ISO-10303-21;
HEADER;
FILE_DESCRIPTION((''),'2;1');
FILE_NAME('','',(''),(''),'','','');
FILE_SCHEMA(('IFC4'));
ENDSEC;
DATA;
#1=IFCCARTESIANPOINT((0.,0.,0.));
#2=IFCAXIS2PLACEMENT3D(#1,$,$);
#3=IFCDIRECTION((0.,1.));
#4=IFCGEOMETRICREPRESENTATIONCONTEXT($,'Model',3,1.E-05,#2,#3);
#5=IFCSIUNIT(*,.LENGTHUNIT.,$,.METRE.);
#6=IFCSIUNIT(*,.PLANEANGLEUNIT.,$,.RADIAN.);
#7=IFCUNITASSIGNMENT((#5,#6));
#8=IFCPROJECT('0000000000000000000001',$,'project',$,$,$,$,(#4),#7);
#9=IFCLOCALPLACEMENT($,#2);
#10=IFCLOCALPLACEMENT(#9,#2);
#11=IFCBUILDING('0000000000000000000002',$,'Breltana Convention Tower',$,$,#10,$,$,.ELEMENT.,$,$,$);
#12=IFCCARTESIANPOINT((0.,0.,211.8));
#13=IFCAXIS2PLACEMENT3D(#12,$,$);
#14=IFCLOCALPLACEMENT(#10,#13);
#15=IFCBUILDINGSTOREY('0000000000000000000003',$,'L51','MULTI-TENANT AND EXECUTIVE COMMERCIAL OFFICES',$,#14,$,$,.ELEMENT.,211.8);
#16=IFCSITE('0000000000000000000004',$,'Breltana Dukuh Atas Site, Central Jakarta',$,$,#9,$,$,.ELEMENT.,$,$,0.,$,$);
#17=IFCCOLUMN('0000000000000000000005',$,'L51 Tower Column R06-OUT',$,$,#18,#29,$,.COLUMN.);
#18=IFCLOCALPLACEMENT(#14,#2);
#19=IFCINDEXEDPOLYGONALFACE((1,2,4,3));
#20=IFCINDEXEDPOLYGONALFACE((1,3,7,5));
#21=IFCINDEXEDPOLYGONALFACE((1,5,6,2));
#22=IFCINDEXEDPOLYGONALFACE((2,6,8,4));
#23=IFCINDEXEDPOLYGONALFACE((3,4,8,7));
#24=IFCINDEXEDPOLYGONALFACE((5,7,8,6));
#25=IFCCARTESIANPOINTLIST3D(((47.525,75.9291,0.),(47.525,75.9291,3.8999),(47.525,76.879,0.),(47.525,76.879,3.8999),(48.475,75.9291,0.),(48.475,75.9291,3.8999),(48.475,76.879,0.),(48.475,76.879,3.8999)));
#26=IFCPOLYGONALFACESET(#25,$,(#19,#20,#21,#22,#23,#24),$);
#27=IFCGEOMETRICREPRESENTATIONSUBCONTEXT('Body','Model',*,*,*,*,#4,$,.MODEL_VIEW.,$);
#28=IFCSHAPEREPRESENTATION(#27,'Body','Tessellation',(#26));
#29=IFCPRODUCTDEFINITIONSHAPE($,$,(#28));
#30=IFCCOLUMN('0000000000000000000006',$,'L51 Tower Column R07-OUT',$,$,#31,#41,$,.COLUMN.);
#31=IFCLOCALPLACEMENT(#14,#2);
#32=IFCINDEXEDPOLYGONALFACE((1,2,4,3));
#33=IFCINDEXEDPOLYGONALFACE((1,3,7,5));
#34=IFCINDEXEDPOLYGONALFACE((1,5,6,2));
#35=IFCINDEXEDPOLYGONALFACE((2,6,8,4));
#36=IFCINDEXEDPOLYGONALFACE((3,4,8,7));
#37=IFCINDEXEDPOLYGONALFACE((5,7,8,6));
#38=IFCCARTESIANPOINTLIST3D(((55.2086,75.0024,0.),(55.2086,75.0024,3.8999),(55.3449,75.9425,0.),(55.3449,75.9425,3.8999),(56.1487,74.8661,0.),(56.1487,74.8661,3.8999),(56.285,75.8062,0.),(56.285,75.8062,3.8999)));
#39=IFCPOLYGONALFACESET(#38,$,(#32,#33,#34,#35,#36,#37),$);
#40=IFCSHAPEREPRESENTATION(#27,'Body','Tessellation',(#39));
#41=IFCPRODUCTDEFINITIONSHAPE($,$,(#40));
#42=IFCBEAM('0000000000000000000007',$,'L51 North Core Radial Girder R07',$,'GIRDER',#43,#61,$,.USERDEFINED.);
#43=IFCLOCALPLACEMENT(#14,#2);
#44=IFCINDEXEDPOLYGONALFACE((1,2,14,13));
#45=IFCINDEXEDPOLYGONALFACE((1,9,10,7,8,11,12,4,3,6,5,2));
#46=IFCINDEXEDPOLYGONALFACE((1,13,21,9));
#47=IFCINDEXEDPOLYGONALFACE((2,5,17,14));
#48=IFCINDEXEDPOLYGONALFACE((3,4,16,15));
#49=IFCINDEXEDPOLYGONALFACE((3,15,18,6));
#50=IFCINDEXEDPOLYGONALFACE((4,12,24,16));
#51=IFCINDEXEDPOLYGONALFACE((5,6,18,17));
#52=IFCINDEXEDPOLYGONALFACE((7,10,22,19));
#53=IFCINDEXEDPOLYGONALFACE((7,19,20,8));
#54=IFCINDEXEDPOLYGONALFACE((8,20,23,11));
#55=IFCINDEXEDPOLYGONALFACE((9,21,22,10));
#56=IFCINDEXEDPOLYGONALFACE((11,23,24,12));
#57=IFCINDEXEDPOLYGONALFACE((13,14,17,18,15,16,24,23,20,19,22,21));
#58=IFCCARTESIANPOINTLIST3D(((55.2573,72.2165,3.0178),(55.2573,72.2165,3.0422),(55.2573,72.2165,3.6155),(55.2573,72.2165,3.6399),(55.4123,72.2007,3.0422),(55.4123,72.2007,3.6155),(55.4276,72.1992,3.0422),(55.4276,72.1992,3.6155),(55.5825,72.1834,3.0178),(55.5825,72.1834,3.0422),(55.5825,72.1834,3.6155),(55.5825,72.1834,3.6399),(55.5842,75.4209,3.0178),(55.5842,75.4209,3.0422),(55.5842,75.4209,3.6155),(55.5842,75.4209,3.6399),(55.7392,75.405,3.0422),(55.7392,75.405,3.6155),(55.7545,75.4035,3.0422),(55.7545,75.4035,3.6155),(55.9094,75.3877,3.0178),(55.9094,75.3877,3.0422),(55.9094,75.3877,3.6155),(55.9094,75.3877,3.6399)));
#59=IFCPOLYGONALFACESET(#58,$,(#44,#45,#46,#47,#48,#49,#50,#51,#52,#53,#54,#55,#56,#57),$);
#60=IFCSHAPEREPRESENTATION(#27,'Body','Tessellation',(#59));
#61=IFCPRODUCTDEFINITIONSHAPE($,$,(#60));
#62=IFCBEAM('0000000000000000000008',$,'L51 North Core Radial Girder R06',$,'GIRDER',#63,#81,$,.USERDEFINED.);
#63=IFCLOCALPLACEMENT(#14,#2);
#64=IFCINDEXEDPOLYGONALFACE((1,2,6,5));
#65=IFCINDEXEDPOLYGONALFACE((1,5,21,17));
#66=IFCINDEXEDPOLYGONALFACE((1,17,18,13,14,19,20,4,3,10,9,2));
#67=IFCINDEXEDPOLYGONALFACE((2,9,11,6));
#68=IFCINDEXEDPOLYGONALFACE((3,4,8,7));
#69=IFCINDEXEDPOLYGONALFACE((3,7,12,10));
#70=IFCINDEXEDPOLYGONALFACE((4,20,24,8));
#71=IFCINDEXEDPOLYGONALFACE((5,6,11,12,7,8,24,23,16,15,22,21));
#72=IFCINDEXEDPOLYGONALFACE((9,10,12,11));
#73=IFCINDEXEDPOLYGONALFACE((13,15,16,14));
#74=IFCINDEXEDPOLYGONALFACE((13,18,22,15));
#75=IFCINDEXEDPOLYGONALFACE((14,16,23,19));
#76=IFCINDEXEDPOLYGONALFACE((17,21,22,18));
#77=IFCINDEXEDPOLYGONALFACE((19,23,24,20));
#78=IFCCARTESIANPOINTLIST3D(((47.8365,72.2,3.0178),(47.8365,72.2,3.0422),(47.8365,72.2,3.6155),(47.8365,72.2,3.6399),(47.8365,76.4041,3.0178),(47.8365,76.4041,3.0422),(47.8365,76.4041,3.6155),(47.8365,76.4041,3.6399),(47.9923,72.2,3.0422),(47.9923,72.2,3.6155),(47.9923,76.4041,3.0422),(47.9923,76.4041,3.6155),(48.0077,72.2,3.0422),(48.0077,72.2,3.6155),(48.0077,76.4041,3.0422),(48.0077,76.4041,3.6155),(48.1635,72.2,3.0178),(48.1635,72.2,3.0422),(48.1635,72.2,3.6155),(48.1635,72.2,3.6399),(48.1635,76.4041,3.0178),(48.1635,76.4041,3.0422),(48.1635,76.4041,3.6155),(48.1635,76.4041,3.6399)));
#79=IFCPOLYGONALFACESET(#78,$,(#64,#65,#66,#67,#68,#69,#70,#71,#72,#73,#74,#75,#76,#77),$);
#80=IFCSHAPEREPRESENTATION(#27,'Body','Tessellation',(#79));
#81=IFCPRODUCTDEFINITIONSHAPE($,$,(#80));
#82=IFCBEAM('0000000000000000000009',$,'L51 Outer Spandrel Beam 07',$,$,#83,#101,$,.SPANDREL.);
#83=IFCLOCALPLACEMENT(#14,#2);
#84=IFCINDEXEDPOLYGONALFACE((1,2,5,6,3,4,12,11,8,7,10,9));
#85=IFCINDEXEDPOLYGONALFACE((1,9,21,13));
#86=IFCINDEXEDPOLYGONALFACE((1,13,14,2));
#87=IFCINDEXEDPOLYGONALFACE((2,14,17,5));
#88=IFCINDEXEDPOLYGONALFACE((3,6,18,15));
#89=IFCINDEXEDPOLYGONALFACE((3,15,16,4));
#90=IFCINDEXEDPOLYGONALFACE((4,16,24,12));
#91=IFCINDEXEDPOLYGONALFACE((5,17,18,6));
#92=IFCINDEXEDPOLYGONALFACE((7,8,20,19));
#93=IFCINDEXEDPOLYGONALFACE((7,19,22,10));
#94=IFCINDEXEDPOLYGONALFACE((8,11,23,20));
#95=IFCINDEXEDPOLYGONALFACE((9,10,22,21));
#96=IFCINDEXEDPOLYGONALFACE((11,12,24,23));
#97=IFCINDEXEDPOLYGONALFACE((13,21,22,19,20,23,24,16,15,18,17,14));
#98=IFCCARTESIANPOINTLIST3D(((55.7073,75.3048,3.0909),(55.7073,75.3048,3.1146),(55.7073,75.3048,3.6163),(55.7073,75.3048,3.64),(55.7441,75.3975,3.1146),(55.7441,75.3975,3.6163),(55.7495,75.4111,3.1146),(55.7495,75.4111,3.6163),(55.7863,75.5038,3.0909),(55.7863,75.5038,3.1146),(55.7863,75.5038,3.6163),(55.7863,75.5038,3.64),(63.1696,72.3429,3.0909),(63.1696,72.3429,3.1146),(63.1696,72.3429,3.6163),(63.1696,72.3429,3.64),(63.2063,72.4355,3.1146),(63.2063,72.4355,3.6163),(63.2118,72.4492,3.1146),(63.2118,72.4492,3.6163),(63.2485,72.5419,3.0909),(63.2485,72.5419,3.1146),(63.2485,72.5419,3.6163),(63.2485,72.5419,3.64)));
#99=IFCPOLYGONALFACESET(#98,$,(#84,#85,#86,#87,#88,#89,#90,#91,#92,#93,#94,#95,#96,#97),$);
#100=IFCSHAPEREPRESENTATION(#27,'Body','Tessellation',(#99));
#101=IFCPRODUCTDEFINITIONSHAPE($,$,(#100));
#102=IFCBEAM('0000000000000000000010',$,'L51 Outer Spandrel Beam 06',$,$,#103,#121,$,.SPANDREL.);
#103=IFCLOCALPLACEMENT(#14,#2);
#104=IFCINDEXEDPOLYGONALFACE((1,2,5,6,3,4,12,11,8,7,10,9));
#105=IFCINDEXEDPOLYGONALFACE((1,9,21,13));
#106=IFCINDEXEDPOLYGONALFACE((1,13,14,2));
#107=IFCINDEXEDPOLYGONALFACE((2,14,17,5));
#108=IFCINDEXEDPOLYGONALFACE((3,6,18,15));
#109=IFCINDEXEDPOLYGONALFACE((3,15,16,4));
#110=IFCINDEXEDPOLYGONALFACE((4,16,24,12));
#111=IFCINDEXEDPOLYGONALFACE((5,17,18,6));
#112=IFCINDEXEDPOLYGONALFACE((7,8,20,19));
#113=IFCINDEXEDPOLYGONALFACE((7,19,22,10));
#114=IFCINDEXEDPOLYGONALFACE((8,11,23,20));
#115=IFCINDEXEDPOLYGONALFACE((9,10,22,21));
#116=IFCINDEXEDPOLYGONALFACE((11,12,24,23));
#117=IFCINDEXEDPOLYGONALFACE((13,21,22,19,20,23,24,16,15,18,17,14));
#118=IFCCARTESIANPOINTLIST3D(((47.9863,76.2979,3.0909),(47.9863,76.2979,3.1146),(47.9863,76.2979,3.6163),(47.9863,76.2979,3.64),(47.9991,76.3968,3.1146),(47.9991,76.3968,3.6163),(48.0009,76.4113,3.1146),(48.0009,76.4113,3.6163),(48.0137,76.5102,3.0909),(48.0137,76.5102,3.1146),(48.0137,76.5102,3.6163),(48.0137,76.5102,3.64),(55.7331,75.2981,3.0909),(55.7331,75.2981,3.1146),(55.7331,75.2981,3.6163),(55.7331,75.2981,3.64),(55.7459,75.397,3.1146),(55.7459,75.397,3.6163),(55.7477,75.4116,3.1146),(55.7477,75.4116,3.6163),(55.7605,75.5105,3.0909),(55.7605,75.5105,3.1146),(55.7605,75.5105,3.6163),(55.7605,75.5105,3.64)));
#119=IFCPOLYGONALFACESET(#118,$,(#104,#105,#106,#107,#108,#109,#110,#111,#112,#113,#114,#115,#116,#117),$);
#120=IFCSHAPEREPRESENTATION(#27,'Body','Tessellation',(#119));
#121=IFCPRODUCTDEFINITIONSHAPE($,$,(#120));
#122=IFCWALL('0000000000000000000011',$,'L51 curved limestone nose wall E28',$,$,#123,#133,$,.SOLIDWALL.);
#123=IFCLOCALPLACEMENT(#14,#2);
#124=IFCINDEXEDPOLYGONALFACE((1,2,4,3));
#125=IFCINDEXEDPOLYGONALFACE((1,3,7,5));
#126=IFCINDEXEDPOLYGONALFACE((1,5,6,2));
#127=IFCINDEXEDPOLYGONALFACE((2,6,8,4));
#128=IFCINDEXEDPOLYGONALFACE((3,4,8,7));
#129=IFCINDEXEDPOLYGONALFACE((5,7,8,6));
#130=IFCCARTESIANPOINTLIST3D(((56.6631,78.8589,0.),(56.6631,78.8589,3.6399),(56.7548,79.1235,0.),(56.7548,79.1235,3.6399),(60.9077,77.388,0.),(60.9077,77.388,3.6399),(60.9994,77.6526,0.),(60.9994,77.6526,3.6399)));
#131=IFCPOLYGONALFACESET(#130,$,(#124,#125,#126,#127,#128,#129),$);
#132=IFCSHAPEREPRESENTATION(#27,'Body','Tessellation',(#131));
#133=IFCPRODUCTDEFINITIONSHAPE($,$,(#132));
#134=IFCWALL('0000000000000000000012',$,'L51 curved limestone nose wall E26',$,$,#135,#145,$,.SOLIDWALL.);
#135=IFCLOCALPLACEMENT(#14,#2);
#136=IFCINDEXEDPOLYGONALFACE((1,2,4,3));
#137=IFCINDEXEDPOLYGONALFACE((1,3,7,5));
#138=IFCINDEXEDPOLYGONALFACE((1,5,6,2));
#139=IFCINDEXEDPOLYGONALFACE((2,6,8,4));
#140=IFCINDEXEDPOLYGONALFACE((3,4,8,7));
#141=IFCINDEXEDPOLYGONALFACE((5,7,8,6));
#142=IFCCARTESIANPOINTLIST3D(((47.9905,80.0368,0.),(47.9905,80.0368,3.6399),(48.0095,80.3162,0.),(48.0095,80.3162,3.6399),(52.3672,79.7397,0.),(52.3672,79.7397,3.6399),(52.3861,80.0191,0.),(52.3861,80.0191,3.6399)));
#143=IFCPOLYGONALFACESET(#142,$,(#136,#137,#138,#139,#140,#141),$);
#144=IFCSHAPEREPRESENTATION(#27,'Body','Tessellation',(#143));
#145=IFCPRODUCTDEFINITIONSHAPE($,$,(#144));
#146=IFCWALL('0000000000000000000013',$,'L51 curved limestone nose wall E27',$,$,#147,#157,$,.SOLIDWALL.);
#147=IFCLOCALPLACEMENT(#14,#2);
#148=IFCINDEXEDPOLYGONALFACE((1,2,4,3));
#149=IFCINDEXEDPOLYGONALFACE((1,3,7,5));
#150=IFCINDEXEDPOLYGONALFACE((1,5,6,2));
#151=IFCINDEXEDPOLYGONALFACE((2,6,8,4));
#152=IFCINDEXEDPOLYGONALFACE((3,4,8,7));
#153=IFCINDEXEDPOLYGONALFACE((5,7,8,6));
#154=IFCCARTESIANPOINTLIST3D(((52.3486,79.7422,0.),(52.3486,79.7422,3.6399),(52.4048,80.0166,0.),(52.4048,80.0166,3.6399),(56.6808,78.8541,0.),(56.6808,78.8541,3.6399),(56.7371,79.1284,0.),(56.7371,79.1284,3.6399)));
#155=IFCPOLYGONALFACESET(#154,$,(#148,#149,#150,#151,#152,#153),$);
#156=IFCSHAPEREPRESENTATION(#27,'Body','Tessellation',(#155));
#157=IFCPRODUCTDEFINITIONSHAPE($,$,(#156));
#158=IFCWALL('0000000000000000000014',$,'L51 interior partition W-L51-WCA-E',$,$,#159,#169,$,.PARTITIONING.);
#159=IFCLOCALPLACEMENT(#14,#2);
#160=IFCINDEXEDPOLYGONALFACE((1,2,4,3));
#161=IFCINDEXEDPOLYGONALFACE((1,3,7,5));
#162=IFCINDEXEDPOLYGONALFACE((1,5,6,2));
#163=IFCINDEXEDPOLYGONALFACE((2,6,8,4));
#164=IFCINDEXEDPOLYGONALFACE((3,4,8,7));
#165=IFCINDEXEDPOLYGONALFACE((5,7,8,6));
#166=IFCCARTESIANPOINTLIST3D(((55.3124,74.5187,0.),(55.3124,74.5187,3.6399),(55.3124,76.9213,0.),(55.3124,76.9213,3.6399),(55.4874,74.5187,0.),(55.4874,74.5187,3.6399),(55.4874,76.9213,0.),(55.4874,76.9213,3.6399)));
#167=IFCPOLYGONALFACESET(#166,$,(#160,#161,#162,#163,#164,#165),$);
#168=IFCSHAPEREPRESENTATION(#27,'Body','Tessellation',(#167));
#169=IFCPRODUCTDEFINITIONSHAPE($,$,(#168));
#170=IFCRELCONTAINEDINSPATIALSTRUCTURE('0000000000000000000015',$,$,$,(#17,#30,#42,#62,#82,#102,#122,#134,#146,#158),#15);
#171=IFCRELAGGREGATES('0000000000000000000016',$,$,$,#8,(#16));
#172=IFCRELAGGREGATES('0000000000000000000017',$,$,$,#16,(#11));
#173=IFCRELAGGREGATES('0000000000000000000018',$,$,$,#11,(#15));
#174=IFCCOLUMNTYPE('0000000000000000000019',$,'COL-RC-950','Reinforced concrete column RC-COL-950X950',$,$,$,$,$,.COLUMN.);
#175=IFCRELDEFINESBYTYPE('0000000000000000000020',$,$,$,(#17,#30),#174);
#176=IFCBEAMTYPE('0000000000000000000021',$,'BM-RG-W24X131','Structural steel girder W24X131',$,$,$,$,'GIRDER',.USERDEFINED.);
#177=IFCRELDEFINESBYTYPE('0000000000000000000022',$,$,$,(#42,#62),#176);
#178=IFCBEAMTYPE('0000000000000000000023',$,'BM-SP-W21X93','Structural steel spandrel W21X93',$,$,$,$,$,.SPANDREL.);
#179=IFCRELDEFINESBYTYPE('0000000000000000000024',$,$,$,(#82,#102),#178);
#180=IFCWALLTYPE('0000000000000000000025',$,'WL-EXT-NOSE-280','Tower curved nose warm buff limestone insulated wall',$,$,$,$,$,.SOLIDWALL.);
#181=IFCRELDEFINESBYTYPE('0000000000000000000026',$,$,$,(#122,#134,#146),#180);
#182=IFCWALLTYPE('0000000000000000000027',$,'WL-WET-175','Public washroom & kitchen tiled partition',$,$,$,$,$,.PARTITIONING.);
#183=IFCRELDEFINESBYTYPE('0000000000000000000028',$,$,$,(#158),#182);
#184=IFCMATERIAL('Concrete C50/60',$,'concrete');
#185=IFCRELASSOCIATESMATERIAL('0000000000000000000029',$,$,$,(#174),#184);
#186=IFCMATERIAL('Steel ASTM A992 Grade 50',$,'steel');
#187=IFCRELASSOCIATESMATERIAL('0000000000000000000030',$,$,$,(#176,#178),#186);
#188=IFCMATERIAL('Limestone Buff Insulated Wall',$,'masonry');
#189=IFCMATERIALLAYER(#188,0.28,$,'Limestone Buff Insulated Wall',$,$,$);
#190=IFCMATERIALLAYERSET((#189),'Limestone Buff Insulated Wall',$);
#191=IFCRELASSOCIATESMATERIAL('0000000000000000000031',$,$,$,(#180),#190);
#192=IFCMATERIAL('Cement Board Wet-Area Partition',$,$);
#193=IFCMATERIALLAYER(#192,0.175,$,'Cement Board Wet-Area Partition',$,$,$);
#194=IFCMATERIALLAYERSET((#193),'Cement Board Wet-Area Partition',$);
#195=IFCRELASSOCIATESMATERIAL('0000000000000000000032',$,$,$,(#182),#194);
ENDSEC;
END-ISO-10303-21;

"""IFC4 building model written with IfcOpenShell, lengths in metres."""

from ifc_helpers import new_model, si_unit, direction, frame, frame_2d, origin, origin_2d, place, context, subcontext, project, spatial, rectangle, i_section, extrude, source, transform, mapped, material, layer, layer_set, material_profile, profile_set, type_object, element, save


model = new_model("IFC4")

# Units and contexts
model_context = context("Model", 3, precision=1e-05, world=origin(), true_north=direction((0.0, 1.0)))
body_context = subcontext(model_context, "Body", "Model", "MODEL_VIEW")
ifc_project = project(units=[si_unit("LENGTHUNIT", "METRE"), si_unit("PLANEANGLEUNIT", "RADIAN")], contexts=[model_context])

# Site, building, storey
site_placement = place(None, origin())
site = spatial("IfcSite", under=ifc_project, at=site_placement, Name="Breltana Dukuh Atas Site, Central Jakarta", CompositionType="ELEMENT", RefElevation=0.0)
building_placement = place(site_placement, origin())
building = spatial("IfcBuilding", under=site, at=building_placement, Name="Breltana Convention Tower", CompositionType="ELEMENT")
storey_placement = place(building_placement, frame((0.0, 0.0, 211.8)))
storey = spatial("IfcBuildingStorey", under=building, at=storey_placement, Name="L51", Description="MULTI-TENANT AND EXECUTIVE COMMERCIAL OFFICES", CompositionType="ELEMENT", Elevation=211.8)

# Columns
ifc_material_1 = material(Name="Concrete C50/60", Category="concrete")
ifc_material_profile_1 = material_profile(ifc_material_1, rectangle(XDim=0.95, YDim=0.95, at=origin_2d()), Name="RC-COL-950X950")
ifc_profile_set_1 = profile_set([ifc_material_profile_1], Name="Concrete C50/60")
column_type = type_object("IfcColumnType", Name="COL-RC-950", Description="Reinforced concrete column RC-COL-950X950", PredefinedType="COLUMN", material=ifc_profile_set_1)
shared_shape_1 = source(origin(), body_context, "Body", "SweptSolid", [
    extrude(rectangle(XDim=0.95, YDim=0.95, at=origin_2d()), origin(), (0.0, 0.0, 1.0), 3.8999),
])
for number, where, z_axis, x_axis, name in (
    (1, (48.0, 76.4041, 0.0), (0.0, 0.0, 1.0), (0.0, 1.0, 0.0), "L51 Tower Column R06-OUT"),
    (2, (55.7468, 75.4043, 0.0), (0.0, 0.0, 1.0), (0.143493, 0.989651, 0.0), "L51 Tower Column R07-OUT"),
):
    element("IfcColumn", number, at=place(storey_placement, frame(where, z_axis=z_axis, x_axis=x_axis)), inside=storey, type_object=column_type, Name=name, PredefinedType="COLUMN", context=body_context, shape_type="MappedRepresentation", body=[
        mapped(shared_shape_1, transform((0.0, 0.0, 0.0), scale=1.0)),
    ])

# Beams
ifc_material_2 = material(Name="Steel ASTM A992 Grade 50", Category="steel")
ifc_material_profile_2 = material_profile(ifc_material_2, i_section(OverallWidth=0.3269, OverallDepth=0.6221, WebThickness=0.0154, FlangeThickness=0.0244, at=origin_2d()), Name="W24X131")
ifc_profile_set_2 = profile_set([ifc_material_profile_2], Name="Steel ASTM A992 Grade 50")
beam_type_1 = type_object("IfcBeamType", Name="BM-RG-W24X131", Description="Structural steel girder W24X131", ElementType="GIRDER", PredefinedType="USERDEFINED", material=ifc_profile_set_2)
shared_shape_2 = source(origin(), body_context, "Body", "SweptSolid", [
    extrude(i_section(OverallWidth=0.3269, OverallDepth=0.6221, WebThickness=0.0154, FlangeThickness=0.0244, at=origin_2d()), origin(), (0.0, 0.0, 1.0), 3.2209),
])
beam_1_placement = place(storey_placement, frame((55.4199, 72.2, 3.3289), z_axis=(0.101492, 0.994836, 0.0), x_axis=(-0.994836, 0.101492, 0.0)))
element("IfcBeam", 3, at=beam_1_placement, inside=storey, type_object=beam_type_1, Name="L51 North Core Radial Girder R07", ObjectType="GIRDER", PredefinedType="USERDEFINED", context=body_context, shape_type="MappedRepresentation", body=[
    mapped(shared_shape_2, transform((0.0, 0.0, 0.0), scale=1.0)),
])
shared_shape_3 = source(origin(), body_context, "Body", "SweptSolid", [
    extrude(i_section(OverallWidth=0.3269, OverallDepth=0.6221, WebThickness=0.0154, FlangeThickness=0.0244, at=origin_2d()), origin(), (0.0, 0.0, 1.0), 4.2041),
])
beam_2_placement = place(storey_placement, frame((48.0, 72.2, 3.3289), z_axis=(0.0, 1.0, 0.0), x_axis=(-1.0, 0.0, 0.0)))
element("IfcBeam", 4, at=beam_2_placement, inside=storey, type_object=beam_type_1, Name="L51 North Core Radial Girder R06", ObjectType="GIRDER", PredefinedType="USERDEFINED", context=body_context, shape_type="MappedRepresentation", body=[
    mapped(shared_shape_3, transform((0.0, 0.0, 0.0), scale=1.0)),
])
ifc_material_profile_3 = material_profile(ifc_material_2, i_section(OverallWidth=0.2141, OverallDepth=0.5491, WebThickness=0.0146, FlangeThickness=0.0237, at=origin_2d()), Name="W21X93")
ifc_profile_set_3 = profile_set([ifc_material_profile_3], Name="Steel ASTM A992 Grade 50")
beam_type_2 = type_object("IfcBeamType", Name="BM-SP-W21X93", Description="Structural steel spandrel W21X93", PredefinedType="SPANDREL", material=ifc_profile_set_3)
shared_shape_4 = source(origin(), body_context, "Body", "SweptSolid", [
    extrude(i_section(OverallWidth=0.2141, OverallDepth=0.5491, WebThickness=0.0146, FlangeThickness=0.0237, at=origin_2d()), origin(), (0.0, 0.0, 1.0), 8.0286),
])
beam_3_placement = place(storey_placement, frame((55.7468, 75.4043, 3.3655), z_axis=(0.929459, -0.368925, 0.0), x_axis=(0.368925, 0.929459, 0.0)))
element("IfcBeam", 5, at=beam_3_placement, inside=storey, type_object=beam_type_2, Name="L51 Outer Spandrel Beam 07", PredefinedType="SPANDREL", context=body_context, shape_type="MappedRepresentation", body=[
    mapped(shared_shape_4, transform((0.0, 0.0, 0.0), scale=1.0)),
])
shared_shape_5 = source(origin(), body_context, "Body", "SweptSolid", [
    extrude(i_section(OverallWidth=0.2141, OverallDepth=0.5491, WebThickness=0.0146, FlangeThickness=0.0237, at=origin_2d()), origin(), (0.0, 0.0, 1.0), 7.811),
])
beam_4_placement = place(storey_placement, frame((48.0, 76.4041, 3.3655), z_axis=(0.991775, -0.127992, 0.0), x_axis=(0.127992, 0.991775, 0.0)))
element("IfcBeam", 6, at=beam_4_placement, inside=storey, type_object=beam_type_2, Name="L51 Outer Spandrel Beam 06", PredefinedType="SPANDREL", context=body_context, shape_type="MappedRepresentation", body=[
    mapped(shared_shape_5, transform((0.0, 0.0, 0.0), scale=1.0)),
])

# Walls
ifc_material_3 = material(Name="Limestone Buff Insulated Wall", Category="masonry")
ifc_layer_1 = layer(ifc_material_3, 0.28, Name="Limestone Buff Insulated Wall")
ifc_layer_set_1 = layer_set([ifc_layer_1], Name="Limestone Buff Insulated Wall")
wall_type_1 = type_object("IfcWallType", Name="WL-EXT-NOSE-280", Description="Tower curved nose warm buff limestone insulated wall", PredefinedType="SOLIDWALL", material=ifc_layer_set_1)
shared_shape_6 = source(origin(), body_context, "Body", "SweptSolid", [
    extrude(rectangle(XDim=4.4922, YDim=0.28, at=frame_2d((2.2461, 0.0))), origin(), (0.0, 0.0, 1.0), 3.6399),
])
wall_1_placement = place(storey_placement, frame((56.709, 78.9912, 0.0), z_axis=(0.0, 0.0, 1.0), x_axis=(0.944872, -0.327439, 0.0)))
element("IfcWall", 7, at=wall_1_placement, inside=storey, type_object=wall_type_1, Name="L51 curved limestone nose wall E28", PredefinedType="SOLIDWALL", context=body_context, shape_type="MappedRepresentation", body=[
    mapped(shared_shape_6, transform((0.0, 0.0, 0.0), scale=1.0)),
])
shared_shape_7 = source(origin(), body_context, "Body", "SweptSolid", [
    extrude(rectangle(XDim=4.3867, YDim=0.28, at=frame_2d((2.1934, 0.0))), origin(), (0.0, 0.0, 1.0), 3.6399),
])
wall_2_placement = place(storey_placement, frame((48.0, 80.1765, 0.0), z_axis=(0.0, 0.0, 1.0), x_axis=(0.997704, -0.067731, 0.0)))
element("IfcWall", 8, at=wall_2_placement, inside=storey, type_object=wall_type_1, Name="L51 curved limestone nose wall E26", PredefinedType="SOLIDWALL", context=body_context, shape_type="MappedRepresentation", body=[
    mapped(shared_shape_7, transform((0.0, 0.0, 0.0), scale=1.0)),
])
shared_shape_8 = source(origin(), body_context, "Body", "SweptSolid", [
    extrude(rectangle(XDim=4.4224, YDim=0.28, at=frame_2d((2.2112, 0.0))), origin(), (0.0, 0.0, 1.0), 3.6399),
])
wall_3_placement = place(storey_placement, frame((52.3767, 79.8794, 0.0), z_axis=(0.0, 0.0, 1.0), x_axis=(0.979624, -0.200838, 0.0)))
element("IfcWall", 9, at=wall_3_placement, inside=storey, type_object=wall_type_1, Name="L51 curved limestone nose wall E27", PredefinedType="SOLIDWALL", context=body_context, shape_type="MappedRepresentation", body=[
    mapped(shared_shape_8, transform((0.0, 0.0, 0.0), scale=1.0)),
])
ifc_material_4 = material(Name="Cement Board Wet-Area Partition")
ifc_layer_2 = layer(ifc_material_4, 0.175, Name="Cement Board Wet-Area Partition")
ifc_layer_set_2 = layer_set([ifc_layer_2], Name="Cement Board Wet-Area Partition")
wall_type_2 = type_object("IfcWallType", Name="WL-WET-175", Description="Public washroom & kitchen tiled partition", PredefinedType="PARTITIONING", material=ifc_layer_set_2)
shared_shape_9 = source(origin(), body_context, "Body", "SweptSolid", [
    extrude(rectangle(XDim=2.4026, YDim=0.175, at=frame_2d((1.2012, 0.0))), origin(), (0.0, 0.0, 1.0), 3.6399),
])
wall_4_placement = place(storey_placement, frame((55.3999, 74.5188, 0.0), z_axis=(0.0, 0.0, 1.0), x_axis=(0.0, 1.0, 0.0)))
element("IfcWall", 10, at=wall_4_placement, inside=storey, type_object=wall_type_2, Name="L51 interior partition W-L51-WCA-E", PredefinedType="PARTITIONING", context=body_context, shape_type="MappedRepresentation", body=[
    mapped(shared_shape_9, transform((0.0, 0.0, 0.0), scale=1.0)),
])

save(model, "model.ifc")
